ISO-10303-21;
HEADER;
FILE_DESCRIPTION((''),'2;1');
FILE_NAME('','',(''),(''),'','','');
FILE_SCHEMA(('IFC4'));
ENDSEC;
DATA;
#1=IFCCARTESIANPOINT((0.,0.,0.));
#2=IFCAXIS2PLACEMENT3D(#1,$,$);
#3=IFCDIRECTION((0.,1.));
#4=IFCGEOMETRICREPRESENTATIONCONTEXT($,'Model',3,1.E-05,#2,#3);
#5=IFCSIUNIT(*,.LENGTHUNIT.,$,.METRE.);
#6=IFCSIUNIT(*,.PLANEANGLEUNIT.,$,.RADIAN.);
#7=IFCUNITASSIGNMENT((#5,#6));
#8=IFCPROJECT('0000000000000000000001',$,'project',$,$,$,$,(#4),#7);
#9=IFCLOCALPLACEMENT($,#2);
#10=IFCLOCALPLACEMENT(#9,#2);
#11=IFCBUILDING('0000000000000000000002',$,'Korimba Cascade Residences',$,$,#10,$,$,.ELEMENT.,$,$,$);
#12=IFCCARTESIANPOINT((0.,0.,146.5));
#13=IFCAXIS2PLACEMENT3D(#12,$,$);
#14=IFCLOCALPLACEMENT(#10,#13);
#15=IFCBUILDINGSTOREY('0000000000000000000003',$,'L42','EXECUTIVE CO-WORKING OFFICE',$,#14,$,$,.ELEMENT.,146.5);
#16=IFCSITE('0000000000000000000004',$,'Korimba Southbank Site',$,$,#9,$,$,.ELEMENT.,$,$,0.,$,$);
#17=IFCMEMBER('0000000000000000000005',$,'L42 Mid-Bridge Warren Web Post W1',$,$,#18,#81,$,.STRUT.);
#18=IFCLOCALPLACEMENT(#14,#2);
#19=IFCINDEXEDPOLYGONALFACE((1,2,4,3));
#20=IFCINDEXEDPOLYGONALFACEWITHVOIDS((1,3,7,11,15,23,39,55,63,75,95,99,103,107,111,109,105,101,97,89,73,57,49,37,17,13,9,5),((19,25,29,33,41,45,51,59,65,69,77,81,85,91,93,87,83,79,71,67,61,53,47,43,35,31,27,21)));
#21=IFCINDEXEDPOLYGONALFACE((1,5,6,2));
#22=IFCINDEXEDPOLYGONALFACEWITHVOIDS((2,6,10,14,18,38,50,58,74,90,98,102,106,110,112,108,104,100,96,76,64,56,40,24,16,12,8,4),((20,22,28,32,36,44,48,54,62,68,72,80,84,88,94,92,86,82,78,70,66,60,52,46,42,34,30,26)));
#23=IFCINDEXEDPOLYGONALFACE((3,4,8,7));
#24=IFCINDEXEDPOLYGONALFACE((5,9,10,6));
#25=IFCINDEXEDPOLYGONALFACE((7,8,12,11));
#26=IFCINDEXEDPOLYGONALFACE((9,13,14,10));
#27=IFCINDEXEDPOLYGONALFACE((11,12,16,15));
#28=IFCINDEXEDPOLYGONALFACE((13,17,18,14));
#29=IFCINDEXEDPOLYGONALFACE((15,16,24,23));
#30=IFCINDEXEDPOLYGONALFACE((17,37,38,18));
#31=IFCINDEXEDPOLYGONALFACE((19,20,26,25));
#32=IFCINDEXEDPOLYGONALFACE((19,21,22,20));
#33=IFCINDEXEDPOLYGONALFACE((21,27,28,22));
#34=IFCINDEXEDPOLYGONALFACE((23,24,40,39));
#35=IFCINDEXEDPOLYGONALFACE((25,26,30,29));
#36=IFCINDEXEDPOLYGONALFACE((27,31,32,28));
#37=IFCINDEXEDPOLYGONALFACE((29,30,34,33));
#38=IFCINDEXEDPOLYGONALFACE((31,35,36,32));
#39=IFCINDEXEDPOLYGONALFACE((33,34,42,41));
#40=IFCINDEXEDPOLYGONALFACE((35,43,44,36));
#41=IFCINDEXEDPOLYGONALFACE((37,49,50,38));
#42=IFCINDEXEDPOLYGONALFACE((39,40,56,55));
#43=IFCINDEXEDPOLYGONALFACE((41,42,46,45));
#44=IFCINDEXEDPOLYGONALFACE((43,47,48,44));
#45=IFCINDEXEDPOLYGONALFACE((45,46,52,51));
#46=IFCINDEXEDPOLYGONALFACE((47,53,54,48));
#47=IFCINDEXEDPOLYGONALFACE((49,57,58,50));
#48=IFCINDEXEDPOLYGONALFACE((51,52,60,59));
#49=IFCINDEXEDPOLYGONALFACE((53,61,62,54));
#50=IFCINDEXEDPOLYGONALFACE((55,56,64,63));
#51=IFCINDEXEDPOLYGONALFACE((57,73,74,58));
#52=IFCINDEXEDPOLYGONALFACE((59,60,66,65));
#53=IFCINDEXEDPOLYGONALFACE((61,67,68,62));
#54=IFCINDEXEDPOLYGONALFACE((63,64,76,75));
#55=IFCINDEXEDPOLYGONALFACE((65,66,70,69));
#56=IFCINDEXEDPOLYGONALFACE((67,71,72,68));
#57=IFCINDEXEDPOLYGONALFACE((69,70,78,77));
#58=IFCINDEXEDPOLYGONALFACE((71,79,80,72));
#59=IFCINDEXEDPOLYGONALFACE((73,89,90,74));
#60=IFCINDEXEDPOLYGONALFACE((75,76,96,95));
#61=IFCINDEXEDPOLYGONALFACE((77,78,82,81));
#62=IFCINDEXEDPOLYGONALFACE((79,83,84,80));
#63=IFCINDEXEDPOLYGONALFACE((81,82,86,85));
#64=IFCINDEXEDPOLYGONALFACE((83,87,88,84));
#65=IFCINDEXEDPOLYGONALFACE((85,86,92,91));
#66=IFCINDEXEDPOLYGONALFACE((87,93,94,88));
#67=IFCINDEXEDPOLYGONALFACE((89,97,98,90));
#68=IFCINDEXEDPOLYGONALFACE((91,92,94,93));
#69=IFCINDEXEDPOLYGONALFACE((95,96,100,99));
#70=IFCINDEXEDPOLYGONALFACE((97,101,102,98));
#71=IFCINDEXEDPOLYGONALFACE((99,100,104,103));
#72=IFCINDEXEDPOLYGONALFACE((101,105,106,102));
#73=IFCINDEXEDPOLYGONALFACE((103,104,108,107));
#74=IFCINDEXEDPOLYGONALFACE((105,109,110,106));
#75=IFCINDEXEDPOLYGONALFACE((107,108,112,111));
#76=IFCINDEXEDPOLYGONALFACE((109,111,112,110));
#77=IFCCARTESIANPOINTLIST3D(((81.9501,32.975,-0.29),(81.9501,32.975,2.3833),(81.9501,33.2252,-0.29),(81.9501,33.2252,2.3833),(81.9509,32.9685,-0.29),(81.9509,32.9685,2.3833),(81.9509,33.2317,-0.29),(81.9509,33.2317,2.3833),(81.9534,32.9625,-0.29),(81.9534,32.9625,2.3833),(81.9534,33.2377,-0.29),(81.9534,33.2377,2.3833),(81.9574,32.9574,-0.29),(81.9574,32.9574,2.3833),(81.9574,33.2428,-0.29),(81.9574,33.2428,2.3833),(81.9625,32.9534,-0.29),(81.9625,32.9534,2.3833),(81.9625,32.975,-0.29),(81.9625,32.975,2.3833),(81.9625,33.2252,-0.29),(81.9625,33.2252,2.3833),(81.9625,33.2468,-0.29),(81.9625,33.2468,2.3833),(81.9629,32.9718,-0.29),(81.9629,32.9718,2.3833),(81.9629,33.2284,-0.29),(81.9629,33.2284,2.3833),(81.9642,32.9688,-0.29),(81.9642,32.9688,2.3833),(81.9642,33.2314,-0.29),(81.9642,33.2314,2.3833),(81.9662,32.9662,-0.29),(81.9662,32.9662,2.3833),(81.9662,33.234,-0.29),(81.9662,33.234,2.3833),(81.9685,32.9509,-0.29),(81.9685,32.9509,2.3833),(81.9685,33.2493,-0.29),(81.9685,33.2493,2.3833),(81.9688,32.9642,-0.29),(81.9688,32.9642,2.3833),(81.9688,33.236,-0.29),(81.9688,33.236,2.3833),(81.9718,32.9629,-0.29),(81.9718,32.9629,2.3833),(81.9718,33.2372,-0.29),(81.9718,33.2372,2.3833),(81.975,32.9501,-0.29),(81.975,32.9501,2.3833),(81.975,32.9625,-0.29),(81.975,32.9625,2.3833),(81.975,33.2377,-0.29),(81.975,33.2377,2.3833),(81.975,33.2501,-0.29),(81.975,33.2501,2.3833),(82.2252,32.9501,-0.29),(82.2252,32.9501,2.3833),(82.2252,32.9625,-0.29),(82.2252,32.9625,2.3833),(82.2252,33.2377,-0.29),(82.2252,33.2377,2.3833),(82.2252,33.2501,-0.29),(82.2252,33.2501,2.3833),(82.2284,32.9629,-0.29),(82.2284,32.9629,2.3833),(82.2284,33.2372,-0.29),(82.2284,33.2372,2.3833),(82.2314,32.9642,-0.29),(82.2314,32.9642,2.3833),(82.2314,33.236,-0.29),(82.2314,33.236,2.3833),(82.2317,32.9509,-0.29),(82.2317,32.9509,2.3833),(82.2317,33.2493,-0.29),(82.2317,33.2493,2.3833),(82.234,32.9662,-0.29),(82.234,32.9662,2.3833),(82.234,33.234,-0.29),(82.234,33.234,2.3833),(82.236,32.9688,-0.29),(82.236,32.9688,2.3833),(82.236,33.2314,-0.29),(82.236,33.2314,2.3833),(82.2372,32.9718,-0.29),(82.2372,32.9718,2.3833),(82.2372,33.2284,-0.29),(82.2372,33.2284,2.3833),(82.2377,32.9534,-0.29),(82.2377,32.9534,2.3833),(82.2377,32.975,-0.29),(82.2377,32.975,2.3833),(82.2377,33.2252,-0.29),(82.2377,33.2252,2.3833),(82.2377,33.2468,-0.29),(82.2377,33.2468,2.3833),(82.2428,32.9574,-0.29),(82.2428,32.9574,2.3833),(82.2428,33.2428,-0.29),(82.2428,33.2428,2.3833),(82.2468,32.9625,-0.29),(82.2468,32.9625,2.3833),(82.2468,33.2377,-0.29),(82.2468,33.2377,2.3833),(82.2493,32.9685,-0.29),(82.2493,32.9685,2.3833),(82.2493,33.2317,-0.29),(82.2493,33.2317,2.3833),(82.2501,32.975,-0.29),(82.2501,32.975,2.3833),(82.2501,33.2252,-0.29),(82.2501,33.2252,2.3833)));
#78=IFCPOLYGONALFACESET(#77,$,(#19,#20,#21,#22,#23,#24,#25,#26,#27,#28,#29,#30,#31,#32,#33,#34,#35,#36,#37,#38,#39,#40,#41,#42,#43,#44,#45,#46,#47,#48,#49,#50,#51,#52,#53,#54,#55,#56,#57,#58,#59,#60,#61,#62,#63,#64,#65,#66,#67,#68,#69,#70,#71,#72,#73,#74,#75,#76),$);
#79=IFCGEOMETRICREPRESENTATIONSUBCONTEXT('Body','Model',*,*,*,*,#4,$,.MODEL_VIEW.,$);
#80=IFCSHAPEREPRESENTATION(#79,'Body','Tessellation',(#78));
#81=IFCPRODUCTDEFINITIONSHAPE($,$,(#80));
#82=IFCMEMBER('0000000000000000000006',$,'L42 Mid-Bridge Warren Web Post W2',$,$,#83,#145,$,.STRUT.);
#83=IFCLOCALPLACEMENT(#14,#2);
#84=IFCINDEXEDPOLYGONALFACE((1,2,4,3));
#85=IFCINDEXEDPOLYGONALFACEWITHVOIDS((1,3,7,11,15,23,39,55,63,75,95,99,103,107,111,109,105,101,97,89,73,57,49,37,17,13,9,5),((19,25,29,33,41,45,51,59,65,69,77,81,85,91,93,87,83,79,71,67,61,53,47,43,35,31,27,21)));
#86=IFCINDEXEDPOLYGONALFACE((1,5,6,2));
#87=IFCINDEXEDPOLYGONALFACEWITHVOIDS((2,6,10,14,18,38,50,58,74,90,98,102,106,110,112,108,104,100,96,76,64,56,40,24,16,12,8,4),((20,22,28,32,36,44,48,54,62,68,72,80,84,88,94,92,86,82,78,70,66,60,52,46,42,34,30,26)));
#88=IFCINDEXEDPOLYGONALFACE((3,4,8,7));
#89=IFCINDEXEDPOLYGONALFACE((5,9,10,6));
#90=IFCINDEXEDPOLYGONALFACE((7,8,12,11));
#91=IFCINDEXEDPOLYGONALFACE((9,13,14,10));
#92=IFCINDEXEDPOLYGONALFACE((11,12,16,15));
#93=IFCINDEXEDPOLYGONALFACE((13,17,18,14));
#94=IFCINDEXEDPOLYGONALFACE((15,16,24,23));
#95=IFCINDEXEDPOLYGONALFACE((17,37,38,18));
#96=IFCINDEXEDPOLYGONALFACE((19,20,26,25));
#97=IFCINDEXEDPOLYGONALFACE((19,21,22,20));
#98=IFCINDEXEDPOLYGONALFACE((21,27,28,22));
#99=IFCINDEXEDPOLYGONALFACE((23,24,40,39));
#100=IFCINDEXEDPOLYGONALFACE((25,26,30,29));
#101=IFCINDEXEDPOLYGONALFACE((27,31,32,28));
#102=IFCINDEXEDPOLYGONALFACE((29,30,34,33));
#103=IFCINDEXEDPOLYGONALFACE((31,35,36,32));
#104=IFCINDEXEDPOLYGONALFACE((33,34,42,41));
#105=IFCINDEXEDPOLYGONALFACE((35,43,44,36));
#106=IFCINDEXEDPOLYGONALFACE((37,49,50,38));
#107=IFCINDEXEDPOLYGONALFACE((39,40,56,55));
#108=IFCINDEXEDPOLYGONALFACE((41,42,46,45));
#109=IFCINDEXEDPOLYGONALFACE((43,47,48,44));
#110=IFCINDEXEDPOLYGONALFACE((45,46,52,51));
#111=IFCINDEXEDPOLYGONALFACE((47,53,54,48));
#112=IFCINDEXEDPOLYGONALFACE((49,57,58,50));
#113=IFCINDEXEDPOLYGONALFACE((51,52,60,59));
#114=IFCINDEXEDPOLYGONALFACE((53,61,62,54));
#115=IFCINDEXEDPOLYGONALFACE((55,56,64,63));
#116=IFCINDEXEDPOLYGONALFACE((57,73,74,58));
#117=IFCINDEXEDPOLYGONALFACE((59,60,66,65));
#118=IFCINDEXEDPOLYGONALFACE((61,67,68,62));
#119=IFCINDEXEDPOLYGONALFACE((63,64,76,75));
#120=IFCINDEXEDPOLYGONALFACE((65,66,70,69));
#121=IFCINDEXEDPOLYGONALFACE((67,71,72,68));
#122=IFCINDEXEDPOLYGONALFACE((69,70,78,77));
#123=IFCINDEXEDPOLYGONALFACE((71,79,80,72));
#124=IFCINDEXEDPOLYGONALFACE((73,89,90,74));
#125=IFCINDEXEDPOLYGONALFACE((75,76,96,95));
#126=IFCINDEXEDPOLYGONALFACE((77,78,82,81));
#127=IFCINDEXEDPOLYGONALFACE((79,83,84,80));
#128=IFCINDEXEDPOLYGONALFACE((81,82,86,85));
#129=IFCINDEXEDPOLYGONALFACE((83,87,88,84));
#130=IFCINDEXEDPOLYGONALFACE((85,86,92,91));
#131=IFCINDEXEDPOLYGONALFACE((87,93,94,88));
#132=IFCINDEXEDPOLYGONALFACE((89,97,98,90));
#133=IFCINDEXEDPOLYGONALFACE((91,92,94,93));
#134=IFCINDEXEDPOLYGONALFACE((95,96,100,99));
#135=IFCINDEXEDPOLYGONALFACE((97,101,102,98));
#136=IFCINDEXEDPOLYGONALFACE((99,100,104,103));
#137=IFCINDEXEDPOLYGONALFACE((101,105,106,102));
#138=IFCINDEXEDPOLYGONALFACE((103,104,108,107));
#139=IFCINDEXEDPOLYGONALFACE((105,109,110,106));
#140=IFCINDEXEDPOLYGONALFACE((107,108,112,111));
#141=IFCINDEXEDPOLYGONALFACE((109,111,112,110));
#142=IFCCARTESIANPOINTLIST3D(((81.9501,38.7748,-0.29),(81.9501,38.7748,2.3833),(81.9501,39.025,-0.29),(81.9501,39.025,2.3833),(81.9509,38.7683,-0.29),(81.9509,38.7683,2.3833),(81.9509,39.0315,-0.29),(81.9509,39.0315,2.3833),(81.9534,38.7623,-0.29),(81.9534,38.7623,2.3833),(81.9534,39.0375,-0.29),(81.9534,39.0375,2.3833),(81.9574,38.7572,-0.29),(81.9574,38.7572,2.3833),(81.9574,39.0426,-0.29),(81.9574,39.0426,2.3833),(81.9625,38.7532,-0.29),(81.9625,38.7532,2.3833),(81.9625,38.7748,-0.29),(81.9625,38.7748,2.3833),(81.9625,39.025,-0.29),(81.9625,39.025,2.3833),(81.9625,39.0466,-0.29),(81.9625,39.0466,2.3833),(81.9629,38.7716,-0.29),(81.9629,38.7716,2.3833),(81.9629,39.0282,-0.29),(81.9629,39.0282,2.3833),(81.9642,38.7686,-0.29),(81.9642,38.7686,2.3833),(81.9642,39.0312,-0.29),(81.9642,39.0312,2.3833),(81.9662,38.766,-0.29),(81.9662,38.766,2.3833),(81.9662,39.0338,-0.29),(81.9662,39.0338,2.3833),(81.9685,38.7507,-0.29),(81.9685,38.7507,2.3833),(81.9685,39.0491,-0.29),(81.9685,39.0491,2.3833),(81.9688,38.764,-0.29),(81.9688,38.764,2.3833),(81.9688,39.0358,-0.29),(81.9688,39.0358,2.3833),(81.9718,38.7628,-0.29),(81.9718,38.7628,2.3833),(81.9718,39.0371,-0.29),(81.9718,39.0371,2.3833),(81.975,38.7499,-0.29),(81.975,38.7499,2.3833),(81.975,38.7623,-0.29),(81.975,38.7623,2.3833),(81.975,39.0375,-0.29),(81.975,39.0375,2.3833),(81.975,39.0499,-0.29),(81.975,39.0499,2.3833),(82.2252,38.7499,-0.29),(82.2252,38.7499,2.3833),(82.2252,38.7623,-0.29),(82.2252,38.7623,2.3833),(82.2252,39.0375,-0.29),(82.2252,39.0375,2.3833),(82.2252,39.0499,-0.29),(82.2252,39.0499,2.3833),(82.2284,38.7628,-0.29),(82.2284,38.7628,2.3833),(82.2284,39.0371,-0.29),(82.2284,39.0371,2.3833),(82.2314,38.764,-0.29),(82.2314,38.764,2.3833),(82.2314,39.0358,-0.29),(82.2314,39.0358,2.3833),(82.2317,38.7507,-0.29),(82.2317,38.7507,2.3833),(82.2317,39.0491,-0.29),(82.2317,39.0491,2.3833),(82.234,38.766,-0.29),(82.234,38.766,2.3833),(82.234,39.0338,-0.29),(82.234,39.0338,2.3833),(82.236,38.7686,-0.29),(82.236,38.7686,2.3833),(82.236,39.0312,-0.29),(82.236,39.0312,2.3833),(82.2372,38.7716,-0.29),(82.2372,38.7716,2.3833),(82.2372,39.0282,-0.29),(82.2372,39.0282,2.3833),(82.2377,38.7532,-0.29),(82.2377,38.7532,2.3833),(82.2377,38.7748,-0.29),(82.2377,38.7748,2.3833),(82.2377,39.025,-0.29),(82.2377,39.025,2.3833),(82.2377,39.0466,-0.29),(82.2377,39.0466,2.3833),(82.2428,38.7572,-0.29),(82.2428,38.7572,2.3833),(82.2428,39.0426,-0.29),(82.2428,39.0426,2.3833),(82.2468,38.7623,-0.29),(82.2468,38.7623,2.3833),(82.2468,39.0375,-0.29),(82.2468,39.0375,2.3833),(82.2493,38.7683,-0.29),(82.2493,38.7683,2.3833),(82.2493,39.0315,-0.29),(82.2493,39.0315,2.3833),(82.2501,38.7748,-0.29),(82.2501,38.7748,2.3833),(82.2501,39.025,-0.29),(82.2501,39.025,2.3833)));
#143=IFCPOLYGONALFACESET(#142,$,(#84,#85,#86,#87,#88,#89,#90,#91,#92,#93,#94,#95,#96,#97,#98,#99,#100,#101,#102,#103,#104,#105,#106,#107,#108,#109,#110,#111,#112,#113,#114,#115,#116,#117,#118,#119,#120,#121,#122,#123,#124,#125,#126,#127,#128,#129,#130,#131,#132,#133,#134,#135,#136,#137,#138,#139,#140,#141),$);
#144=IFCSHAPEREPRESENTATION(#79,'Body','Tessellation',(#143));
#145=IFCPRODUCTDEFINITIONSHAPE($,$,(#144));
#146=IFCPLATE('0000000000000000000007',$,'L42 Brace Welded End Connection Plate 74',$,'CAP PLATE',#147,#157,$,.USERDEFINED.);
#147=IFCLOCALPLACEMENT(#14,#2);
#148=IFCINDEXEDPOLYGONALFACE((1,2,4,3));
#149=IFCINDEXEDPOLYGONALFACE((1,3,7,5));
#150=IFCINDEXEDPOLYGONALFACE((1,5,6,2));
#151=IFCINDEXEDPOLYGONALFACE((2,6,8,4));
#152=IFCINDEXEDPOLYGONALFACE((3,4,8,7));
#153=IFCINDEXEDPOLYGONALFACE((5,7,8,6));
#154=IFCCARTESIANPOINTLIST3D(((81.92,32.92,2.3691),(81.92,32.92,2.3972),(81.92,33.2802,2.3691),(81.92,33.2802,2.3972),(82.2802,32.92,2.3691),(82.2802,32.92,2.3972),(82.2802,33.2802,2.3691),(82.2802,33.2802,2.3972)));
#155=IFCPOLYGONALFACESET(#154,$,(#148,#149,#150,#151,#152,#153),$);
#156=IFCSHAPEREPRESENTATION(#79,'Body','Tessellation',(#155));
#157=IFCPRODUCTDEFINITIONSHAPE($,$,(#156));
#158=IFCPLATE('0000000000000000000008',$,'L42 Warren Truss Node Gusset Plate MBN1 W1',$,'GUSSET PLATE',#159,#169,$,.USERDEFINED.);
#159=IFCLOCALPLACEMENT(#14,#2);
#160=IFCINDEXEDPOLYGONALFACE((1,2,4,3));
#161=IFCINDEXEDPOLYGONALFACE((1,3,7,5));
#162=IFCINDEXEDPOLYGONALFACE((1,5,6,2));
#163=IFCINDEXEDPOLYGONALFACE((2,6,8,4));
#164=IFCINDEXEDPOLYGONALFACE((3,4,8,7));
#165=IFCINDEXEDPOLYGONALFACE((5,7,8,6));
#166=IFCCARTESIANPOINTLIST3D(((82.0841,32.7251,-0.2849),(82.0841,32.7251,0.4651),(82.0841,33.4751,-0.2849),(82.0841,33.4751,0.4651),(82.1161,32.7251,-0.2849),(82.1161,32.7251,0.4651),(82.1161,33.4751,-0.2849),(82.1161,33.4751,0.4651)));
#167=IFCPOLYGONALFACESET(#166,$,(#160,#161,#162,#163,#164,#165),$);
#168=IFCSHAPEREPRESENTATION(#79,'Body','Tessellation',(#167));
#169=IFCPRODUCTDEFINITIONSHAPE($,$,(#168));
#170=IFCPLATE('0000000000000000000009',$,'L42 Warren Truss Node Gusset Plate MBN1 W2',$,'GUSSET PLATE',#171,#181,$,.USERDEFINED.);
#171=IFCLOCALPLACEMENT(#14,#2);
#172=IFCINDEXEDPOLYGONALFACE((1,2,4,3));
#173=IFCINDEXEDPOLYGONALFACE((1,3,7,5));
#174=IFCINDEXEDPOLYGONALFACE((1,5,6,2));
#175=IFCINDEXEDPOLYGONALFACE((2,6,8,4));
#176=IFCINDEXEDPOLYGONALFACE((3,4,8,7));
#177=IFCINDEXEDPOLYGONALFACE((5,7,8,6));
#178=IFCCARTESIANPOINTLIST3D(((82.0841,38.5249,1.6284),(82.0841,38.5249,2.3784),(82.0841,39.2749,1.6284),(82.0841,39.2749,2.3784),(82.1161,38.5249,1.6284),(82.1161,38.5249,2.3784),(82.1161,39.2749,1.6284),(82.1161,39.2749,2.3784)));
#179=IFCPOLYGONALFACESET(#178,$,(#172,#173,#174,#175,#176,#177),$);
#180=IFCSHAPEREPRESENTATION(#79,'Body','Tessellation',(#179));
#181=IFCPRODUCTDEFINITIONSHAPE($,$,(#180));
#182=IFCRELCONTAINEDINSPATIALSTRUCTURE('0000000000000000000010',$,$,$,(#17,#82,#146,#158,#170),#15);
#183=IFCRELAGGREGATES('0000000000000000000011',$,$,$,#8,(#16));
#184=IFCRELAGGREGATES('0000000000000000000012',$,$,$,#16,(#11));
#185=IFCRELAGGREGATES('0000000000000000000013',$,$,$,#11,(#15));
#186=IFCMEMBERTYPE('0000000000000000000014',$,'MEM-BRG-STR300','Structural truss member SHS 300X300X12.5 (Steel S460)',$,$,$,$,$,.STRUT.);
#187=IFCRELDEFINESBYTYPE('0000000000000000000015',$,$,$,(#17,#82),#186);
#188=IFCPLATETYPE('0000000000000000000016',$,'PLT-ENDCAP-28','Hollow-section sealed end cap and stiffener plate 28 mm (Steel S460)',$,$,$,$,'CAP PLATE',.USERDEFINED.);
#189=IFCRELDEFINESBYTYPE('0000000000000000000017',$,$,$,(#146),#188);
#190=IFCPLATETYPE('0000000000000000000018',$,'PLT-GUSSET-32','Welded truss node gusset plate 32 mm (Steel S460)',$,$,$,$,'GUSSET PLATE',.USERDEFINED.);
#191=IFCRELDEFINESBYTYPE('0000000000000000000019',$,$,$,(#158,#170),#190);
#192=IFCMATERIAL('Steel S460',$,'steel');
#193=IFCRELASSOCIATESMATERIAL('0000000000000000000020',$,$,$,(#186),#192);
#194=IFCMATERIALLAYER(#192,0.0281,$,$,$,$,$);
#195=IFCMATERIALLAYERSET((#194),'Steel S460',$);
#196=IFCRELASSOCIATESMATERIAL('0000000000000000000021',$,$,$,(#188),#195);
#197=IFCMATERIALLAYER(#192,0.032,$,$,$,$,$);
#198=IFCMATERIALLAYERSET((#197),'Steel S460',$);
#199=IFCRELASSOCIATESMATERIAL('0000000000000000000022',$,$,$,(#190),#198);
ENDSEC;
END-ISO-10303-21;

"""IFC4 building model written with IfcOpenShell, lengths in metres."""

from ifc_helpers import new_model, si_unit, direction, frame, origin, origin_2d, place, context, subcontext, project, spatial, rectangle, hollow_rectangle, extrude, material, layer, layer_set, material_profile, profile_set, type_object, element, save


model = new_model("IFC4")

# Units and contexts
model_context = context("Model", 3, precision=1e-05, world=origin(), true_north=direction((0.0, 1.0)))
body_context = subcontext(model_context, "Body", "Model", "MODEL_VIEW")
ifc_project = project(units=[si_unit("LENGTHUNIT", "METRE"), si_unit("PLANEANGLEUNIT", "RADIAN")], contexts=[model_context])

# Site, building, storey
site_placement = place(None, origin())
site = spatial("IfcSite", under=ifc_project, at=site_placement, Name="Korimba Southbank Site", CompositionType="ELEMENT", RefElevation=0.0)
building_placement = place(site_placement, origin())
building = spatial("IfcBuilding", under=site, at=building_placement, Name="Korimba Cascade Residences", CompositionType="ELEMENT")
storey_placement = place(building_placement, frame((0.0, 0.0, 146.5)))
storey = spatial("IfcBuildingStorey", under=building, at=storey_placement, Name="L42", Description="EXECUTIVE CO-WORKING OFFICE", CompositionType="ELEMENT", Elevation=146.5)

# Shared definitions
ifc_material_1 = material(Name="Steel S460", Category="steel")

# Members
ifc_material_profile_1 = material_profile(ifc_material_1, hollow_rectangle(XDim=0.3, YDim=0.3, WallThickness=0.0125, InnerFilletRadius=0.0125, OuterFilletRadius=0.0249, at=origin_2d()), Name="Steel S460")
ifc_profile_set_1 = profile_set([ifc_material_profile_1], Name="Steel S460")
member_type_1 = type_object("IfcMemberType", Name="MEM-BRG-STR300", Description="Structural truss member SHS 300X300X12.5 (Steel S460)", PredefinedType="STRUT", material=ifc_profile_set_1)
for number, where, z_axis, x_axis, name in (
    (1, (82.1001, 33.1001, -0.29), (0.0, 0.0, 1.0), (1.0, 0.0, 0.0), "L42 Mid-Bridge Warren Web Post W1"),
    (2, (82.1001, 38.8999, -0.29), (0.0, 0.0, 1.0), (1.0, 0.0, 0.0), "L42 Mid-Bridge Warren Web Post W2"),
):
    element("IfcMember", number, at=place(storey_placement, frame(where, z_axis=z_axis, x_axis=x_axis)), inside=storey, type_object=member_type_1, Name=name, PredefinedType="STRUT", context=body_context, shape_type="SweptSolid", body=[
        extrude(hollow_rectangle(XDim=0.3, YDim=0.3, WallThickness=0.0125, InnerFilletRadius=0.0125, OuterFilletRadius=0.0249, at=origin_2d()), origin(), (0.0, 0.0, 1.0), 2.6733),
    ])

# Plates
ifc_layer_1 = layer(ifc_material_1, 0.0281)
ifc_layer_set_1 = layer_set([ifc_layer_1], Name="Steel S460")
plate_type_1 = type_object("IfcPlateType", Name="PLT-ENDCAP-28", Description="Hollow-section sealed end cap and stiffener plate 28 mm (Steel S460)", ElementType="CAP PLATE", PredefinedType="USERDEFINED", material=ifc_layer_set_1)
plate_placement = place(storey_placement, frame((82.1001, 33.1001, 2.3691), z_axis=(0.0, 0.0, 1.0), x_axis=(1.0, 0.0, 0.0)))
element("IfcPlate", 3, at=plate_placement, inside=storey, type_object=plate_type_1, Name="L42 Brace Welded End Connection Plate 74", ObjectType="CAP PLATE", PredefinedType="USERDEFINED", context=body_context, shape_type="SweptSolid", body=[
    extrude(rectangle(XDim=0.3601, YDim=0.3601, at=origin_2d()), origin(), (0.0, 0.0, 1.0), 0.0281),
])
ifc_layer_2 = layer(ifc_material_1, 0.032)
ifc_layer_set_2 = layer_set([ifc_layer_2], Name="Steel S460")
plate_type_2 = type_object("IfcPlateType", Name="PLT-GUSSET-32", Description="Welded truss node gusset plate 32 mm (Steel S460)", ElementType="GUSSET PLATE", PredefinedType="USERDEFINED", material=ifc_layer_set_2)
for number, where, z_axis, x_axis, name in (
    (4, (82.1001, 33.1001, -0.2849), (0.0, 0.0, 1.0), (1.0, 0.0, 0.0), "L42 Warren Truss Node Gusset Plate MBN1 W1"),
    (5, (82.1001, 38.8999, 1.6284), (0.0, 0.0, 1.0), (1.0, 0.0, 0.0), "L42 Warren Truss Node Gusset Plate MBN1 W2"),
):
    element("IfcPlate", number, at=place(storey_placement, frame(where, z_axis=z_axis, x_axis=x_axis)), inside=storey, type_object=plate_type_2, Name=name, ObjectType="GUSSET PLATE", PredefinedType="USERDEFINED", context=body_context, shape_type="SweptSolid", body=[
        extrude(rectangle(XDim=0.032, YDim=0.75, at=origin_2d()), origin(), (0.0, 0.0, 1.0), 0.75),
    ])

save(model, "model.ifc")
